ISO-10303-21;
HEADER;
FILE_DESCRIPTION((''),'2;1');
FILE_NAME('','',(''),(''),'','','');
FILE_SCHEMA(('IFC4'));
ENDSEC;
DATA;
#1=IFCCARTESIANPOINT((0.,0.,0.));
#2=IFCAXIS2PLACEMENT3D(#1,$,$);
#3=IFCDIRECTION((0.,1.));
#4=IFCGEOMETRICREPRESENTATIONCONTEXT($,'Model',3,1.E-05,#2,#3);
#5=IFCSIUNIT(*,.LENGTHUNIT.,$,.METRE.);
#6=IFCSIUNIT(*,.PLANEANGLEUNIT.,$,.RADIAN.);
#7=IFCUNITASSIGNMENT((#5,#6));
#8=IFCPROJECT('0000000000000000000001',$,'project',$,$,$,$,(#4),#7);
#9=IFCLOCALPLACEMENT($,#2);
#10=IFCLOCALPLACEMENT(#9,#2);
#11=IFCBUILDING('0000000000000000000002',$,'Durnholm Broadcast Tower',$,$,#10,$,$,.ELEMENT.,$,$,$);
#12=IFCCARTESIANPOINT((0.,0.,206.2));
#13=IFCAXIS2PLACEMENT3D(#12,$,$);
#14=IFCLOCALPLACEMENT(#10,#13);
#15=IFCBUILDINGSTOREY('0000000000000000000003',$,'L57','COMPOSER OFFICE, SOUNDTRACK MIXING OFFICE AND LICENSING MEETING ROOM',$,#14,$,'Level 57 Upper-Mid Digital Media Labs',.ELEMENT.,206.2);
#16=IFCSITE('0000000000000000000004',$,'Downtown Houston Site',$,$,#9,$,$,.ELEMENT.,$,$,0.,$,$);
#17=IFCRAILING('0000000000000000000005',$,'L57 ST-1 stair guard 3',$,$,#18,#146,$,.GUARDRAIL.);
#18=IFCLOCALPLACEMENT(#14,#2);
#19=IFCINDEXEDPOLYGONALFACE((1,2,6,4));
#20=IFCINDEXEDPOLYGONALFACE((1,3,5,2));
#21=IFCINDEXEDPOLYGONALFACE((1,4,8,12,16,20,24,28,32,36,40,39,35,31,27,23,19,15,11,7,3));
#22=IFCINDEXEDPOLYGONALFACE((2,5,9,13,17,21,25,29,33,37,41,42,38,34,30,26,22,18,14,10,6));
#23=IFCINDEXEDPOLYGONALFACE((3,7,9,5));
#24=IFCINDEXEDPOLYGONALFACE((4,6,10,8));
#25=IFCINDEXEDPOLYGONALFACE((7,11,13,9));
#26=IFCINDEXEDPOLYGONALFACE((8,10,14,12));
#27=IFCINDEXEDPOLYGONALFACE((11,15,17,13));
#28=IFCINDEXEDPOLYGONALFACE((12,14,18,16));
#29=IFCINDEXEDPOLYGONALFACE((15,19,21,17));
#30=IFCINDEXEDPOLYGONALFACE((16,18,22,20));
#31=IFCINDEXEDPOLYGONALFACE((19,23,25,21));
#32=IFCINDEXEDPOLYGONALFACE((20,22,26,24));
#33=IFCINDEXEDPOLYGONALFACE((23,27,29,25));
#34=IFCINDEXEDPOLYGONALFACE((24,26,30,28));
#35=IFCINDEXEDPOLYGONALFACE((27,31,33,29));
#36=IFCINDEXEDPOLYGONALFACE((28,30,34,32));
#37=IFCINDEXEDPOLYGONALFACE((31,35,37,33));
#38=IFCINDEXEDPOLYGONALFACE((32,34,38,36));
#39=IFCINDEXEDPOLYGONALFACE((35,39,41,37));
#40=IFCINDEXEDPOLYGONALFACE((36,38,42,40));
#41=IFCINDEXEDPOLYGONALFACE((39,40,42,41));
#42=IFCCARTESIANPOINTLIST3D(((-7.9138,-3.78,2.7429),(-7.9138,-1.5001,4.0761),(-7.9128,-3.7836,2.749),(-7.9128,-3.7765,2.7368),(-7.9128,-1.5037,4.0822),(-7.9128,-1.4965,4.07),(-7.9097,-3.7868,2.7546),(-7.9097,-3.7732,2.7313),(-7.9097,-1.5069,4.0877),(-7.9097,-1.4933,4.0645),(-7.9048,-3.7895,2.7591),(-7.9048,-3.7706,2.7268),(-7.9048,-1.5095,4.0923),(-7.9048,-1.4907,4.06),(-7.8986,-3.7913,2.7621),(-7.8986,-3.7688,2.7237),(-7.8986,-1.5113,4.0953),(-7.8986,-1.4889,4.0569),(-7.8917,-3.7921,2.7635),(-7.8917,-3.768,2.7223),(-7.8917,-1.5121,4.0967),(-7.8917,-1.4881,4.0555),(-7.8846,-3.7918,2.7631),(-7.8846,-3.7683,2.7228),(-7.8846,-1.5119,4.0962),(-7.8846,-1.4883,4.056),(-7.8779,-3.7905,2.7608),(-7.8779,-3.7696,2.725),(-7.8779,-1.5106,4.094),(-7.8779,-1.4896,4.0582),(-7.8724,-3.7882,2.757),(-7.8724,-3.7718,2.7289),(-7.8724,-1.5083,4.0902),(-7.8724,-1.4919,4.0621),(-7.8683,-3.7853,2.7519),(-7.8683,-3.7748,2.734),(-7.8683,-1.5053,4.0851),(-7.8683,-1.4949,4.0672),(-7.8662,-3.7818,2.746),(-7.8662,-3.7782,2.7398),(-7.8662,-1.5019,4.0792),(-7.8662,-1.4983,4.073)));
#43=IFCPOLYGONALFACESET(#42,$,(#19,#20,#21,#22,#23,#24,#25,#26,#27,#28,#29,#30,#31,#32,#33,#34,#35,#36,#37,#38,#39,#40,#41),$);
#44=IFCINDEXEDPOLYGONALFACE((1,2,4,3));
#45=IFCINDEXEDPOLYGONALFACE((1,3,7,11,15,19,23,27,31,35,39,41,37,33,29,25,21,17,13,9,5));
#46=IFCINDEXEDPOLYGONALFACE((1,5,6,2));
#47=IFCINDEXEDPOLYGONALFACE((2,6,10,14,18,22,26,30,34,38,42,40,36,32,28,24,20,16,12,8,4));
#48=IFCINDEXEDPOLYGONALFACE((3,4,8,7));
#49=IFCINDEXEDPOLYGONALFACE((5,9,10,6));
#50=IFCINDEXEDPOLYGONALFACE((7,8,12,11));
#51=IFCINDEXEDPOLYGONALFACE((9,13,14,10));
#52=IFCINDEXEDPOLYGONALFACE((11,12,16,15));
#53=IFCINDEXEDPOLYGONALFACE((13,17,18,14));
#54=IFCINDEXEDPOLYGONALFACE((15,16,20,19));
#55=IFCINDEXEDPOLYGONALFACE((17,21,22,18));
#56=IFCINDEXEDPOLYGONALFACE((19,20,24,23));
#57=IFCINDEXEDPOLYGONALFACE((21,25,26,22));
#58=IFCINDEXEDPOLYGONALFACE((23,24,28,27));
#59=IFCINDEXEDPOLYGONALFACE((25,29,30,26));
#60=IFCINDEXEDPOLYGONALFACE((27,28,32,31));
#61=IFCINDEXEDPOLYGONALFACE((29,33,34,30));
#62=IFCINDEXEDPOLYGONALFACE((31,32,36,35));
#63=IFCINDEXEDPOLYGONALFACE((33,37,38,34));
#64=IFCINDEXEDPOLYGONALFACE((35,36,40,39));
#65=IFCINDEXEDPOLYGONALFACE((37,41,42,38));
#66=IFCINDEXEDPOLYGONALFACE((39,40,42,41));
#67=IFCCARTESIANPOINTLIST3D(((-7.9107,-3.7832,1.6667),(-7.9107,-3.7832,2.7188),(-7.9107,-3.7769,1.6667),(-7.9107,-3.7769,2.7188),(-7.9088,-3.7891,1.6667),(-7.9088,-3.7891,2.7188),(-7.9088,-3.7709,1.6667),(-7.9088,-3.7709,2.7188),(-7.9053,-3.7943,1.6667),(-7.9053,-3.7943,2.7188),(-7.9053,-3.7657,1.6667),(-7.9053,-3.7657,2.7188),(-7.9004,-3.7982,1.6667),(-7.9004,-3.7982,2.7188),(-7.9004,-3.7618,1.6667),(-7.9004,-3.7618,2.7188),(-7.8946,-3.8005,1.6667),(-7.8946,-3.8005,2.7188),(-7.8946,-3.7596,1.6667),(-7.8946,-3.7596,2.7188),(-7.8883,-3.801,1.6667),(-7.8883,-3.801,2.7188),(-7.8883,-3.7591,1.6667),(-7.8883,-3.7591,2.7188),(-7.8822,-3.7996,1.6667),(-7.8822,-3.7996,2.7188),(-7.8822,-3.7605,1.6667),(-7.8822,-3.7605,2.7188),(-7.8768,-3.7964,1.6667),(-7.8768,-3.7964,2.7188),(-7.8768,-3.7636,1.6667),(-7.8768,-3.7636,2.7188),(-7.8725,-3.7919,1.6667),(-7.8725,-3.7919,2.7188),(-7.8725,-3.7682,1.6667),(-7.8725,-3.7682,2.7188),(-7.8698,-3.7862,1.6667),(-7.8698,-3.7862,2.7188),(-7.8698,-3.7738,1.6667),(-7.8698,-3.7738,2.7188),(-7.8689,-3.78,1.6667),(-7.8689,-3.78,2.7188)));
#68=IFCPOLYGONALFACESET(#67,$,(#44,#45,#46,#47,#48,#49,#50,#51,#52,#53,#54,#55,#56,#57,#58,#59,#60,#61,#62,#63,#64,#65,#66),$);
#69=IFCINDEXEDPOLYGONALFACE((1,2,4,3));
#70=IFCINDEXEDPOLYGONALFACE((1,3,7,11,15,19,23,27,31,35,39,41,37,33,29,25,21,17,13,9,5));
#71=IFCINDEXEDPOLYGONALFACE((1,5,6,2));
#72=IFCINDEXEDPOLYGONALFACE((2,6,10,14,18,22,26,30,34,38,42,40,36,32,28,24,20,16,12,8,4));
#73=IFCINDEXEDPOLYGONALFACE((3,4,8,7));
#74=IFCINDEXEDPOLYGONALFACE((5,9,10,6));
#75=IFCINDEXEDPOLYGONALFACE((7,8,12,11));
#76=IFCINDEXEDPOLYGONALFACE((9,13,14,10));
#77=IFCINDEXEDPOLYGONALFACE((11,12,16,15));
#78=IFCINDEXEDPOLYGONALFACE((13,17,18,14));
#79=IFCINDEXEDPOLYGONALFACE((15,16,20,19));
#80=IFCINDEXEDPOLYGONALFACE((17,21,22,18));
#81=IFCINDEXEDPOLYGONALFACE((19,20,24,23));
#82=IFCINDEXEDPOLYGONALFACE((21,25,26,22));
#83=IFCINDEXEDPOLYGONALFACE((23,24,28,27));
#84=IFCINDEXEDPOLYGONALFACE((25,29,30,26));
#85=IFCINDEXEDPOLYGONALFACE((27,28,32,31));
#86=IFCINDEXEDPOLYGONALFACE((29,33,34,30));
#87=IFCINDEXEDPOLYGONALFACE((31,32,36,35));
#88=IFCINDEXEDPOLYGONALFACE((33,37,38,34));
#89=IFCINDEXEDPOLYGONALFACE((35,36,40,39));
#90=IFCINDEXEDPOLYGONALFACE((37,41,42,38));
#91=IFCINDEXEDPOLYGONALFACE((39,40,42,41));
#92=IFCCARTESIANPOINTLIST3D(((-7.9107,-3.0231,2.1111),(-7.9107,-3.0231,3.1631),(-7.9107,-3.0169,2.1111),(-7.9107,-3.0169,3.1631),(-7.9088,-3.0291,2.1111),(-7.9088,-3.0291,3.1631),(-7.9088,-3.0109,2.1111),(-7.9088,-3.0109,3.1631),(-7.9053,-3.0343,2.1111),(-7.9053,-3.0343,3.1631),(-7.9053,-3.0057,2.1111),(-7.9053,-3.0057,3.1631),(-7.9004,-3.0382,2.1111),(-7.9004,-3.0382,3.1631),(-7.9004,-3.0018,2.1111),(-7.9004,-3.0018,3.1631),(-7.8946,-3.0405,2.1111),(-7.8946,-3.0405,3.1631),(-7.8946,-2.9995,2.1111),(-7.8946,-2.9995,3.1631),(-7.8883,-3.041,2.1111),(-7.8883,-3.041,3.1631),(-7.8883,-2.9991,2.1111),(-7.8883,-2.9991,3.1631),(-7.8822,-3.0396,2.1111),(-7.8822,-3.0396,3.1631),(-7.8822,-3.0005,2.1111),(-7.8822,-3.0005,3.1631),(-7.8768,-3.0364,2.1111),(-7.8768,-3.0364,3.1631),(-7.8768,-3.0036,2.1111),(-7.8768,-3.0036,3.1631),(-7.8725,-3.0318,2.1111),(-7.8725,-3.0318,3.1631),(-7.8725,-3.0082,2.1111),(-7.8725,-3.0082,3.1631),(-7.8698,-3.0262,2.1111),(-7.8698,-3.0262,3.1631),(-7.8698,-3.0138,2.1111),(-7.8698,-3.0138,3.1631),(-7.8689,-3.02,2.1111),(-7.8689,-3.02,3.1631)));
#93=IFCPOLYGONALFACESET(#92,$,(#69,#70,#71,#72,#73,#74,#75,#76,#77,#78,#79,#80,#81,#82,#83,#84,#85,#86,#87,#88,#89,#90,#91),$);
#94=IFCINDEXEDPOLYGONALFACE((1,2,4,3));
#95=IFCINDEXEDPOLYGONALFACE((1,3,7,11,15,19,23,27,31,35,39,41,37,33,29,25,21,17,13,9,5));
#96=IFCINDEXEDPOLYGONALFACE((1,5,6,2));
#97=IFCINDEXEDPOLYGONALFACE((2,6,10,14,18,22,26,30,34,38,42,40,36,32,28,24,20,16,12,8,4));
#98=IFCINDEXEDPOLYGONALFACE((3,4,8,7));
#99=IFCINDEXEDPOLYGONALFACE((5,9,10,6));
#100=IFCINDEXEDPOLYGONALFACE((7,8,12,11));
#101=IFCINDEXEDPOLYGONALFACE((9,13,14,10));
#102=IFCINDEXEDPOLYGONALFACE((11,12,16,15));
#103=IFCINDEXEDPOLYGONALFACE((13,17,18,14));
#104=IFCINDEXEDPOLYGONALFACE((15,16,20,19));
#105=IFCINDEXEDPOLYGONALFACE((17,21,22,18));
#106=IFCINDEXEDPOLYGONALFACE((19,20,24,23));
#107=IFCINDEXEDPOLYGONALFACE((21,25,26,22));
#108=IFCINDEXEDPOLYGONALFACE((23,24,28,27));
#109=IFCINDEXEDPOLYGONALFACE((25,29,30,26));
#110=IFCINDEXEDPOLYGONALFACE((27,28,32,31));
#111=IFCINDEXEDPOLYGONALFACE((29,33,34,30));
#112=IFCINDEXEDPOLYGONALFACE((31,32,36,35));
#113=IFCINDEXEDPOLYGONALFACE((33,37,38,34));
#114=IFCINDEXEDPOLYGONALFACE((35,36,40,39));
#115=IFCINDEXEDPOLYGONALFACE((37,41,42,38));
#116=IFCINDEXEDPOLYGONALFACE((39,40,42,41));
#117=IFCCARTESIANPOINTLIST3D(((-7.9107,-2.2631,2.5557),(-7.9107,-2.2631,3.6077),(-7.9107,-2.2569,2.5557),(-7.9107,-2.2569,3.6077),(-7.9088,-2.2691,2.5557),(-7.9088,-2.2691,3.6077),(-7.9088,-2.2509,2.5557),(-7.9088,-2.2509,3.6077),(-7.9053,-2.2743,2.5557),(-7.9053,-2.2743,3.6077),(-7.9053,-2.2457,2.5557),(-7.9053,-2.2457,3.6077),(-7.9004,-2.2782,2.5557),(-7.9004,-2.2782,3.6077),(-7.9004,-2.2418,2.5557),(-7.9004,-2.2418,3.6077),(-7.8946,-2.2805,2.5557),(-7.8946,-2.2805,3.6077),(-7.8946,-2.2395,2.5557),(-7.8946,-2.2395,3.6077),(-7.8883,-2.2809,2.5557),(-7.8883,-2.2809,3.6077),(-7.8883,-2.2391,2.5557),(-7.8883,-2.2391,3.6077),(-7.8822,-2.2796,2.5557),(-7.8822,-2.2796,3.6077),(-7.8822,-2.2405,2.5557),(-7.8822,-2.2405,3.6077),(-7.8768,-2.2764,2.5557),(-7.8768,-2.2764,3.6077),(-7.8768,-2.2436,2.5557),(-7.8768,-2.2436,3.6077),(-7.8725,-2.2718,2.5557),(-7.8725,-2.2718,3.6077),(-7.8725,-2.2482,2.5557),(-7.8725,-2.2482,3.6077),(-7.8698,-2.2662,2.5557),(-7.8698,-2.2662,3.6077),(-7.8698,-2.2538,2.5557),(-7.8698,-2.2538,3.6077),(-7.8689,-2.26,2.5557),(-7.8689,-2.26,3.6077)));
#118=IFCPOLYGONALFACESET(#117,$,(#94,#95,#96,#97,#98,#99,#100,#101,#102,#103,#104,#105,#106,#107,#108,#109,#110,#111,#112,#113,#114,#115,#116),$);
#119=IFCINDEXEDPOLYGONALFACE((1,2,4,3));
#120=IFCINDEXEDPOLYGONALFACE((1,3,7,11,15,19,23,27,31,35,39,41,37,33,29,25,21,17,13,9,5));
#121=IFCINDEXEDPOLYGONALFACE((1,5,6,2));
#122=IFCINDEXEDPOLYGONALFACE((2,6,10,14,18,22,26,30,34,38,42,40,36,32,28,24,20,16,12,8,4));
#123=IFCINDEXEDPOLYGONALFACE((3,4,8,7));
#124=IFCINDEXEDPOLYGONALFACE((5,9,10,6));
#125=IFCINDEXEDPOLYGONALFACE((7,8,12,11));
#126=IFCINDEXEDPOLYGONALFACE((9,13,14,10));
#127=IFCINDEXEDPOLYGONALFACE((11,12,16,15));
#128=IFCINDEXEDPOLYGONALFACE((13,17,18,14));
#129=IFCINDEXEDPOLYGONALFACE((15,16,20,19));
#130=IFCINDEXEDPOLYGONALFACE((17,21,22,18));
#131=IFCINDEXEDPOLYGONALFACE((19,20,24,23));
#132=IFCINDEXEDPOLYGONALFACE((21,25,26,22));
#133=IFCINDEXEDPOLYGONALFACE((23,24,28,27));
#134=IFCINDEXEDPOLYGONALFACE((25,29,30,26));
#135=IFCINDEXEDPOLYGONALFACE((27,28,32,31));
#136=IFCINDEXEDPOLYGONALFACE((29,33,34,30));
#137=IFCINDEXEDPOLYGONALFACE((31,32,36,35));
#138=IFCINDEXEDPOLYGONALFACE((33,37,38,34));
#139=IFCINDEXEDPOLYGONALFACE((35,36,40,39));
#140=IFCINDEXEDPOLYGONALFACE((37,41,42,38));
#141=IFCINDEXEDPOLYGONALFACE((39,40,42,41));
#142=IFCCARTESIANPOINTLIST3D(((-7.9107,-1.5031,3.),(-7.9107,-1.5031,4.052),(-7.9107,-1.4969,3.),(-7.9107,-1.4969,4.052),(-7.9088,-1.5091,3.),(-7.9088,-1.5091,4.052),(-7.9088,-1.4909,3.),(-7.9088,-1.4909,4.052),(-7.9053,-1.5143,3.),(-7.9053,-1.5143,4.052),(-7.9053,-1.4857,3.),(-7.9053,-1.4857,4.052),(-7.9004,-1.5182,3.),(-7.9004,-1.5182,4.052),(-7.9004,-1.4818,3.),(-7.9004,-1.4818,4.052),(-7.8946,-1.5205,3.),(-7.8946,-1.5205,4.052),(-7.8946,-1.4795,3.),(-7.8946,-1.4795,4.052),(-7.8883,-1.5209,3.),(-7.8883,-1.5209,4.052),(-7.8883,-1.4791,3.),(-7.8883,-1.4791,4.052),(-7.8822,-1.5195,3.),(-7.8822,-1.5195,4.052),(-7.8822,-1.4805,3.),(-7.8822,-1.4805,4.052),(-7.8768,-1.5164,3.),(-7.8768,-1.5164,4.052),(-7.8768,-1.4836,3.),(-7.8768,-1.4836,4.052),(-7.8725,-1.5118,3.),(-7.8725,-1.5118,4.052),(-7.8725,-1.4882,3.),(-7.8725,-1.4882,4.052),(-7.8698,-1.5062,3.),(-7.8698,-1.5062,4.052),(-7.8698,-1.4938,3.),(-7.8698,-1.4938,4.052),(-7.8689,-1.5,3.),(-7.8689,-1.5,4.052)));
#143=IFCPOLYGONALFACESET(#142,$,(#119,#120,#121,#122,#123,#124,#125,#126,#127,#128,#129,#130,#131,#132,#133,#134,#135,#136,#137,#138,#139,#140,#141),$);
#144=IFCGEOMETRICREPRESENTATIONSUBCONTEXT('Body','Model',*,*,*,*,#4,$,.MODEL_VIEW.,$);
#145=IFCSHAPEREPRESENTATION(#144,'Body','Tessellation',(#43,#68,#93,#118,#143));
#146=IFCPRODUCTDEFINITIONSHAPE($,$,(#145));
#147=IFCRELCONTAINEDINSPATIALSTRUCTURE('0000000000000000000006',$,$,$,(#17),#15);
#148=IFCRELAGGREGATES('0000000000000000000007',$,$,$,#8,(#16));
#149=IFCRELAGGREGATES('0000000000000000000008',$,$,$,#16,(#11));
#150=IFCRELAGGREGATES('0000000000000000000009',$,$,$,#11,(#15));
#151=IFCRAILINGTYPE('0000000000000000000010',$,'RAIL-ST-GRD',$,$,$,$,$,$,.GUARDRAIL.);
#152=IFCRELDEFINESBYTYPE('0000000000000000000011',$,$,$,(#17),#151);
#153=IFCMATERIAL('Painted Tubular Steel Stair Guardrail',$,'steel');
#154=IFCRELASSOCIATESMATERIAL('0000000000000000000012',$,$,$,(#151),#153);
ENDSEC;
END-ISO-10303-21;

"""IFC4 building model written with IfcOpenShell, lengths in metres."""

from ifc_helpers import new_model, si_unit, direction, frame, origin, origin_2d, place, context, subcontext, project, spatial, circle, extrude, material, type_object, element, save


model = new_model("IFC4")

# Units and contexts
model_context = context("Model", 3, precision=1e-05, world=origin(), true_north=direction((0.0, 1.0)))
body_context = subcontext(model_context, "Body", "Model", "MODEL_VIEW")
ifc_project = project(units=[si_unit("LENGTHUNIT", "METRE"), si_unit("PLANEANGLEUNIT", "RADIAN")], contexts=[model_context])

# Site, building, storey
site_placement = place(None, origin())
site = spatial("IfcSite", under=ifc_project, at=site_placement, Name="Downtown Houston Site", CompositionType="ELEMENT", RefElevation=0.0)
building_placement = place(site_placement, origin())
building = spatial("IfcBuilding", under=site, at=building_placement, Name="Durnholm Broadcast Tower", CompositionType="ELEMENT")
storey_placement = place(building_placement, frame((0.0, 0.0, 206.2)))
storey = spatial("IfcBuildingStorey", under=building, at=storey_placement, Name="L57", Description="COMPOSER OFFICE, SOUNDTRACK MIXING OFFICE AND LICENSING MEETING ROOM", LongName="Level 57 Upper-Mid Digital Media Labs", CompositionType="ELEMENT", Elevation=206.2)

# Railing
ifc_material_1 = material(Name="Painted Tubular Steel Stair Guardrail", Category="steel")
railing_type_1 = type_object("IfcRailingType", Name="RAIL-ST-GRD", PredefinedType="GUARDRAIL", material=ifc_material_1)
railing_1_placement = place(storey_placement, frame((-7.8899, -3.78, 1.6667)))
element("IfcRailing", 1, at=railing_1_placement, inside=storey, type_object=railing_type_1, Name="L57 ST-1 stair guard 3", PredefinedType="GUARDRAIL", context=body_context, shape_type="SweptSolid", body=[
    extrude(circle(Radius=0.0239, at=origin_2d()), frame((0.0, 0.0, 1.0762), z_axis=(0.0, 0.863245, 0.504785), x_axis=(-1.0, 0.0, 0.0)), (0.0, 0.0, 1.0), 2.6411),
    extrude(circle(Radius=0.021, at=origin_2d()), origin(), (0.0, 0.0, 1.0), 1.052),
    extrude(circle(Radius=0.021, at=origin_2d()), frame((0.0, 0.76, 0.4443)), (0.0, 0.0, 1.0), 1.052),
    extrude(circle(Radius=0.021, at=origin_2d()), frame((0.0, 1.52, 0.8889)), (0.0, 0.0, 1.0), 1.052),
    extrude(circle(Radius=0.021, at=origin_2d()), frame((0.0, 2.28, 1.3333)), (0.0, 0.0, 1.0), 1.052),
])

save(model, "model.ifc")
